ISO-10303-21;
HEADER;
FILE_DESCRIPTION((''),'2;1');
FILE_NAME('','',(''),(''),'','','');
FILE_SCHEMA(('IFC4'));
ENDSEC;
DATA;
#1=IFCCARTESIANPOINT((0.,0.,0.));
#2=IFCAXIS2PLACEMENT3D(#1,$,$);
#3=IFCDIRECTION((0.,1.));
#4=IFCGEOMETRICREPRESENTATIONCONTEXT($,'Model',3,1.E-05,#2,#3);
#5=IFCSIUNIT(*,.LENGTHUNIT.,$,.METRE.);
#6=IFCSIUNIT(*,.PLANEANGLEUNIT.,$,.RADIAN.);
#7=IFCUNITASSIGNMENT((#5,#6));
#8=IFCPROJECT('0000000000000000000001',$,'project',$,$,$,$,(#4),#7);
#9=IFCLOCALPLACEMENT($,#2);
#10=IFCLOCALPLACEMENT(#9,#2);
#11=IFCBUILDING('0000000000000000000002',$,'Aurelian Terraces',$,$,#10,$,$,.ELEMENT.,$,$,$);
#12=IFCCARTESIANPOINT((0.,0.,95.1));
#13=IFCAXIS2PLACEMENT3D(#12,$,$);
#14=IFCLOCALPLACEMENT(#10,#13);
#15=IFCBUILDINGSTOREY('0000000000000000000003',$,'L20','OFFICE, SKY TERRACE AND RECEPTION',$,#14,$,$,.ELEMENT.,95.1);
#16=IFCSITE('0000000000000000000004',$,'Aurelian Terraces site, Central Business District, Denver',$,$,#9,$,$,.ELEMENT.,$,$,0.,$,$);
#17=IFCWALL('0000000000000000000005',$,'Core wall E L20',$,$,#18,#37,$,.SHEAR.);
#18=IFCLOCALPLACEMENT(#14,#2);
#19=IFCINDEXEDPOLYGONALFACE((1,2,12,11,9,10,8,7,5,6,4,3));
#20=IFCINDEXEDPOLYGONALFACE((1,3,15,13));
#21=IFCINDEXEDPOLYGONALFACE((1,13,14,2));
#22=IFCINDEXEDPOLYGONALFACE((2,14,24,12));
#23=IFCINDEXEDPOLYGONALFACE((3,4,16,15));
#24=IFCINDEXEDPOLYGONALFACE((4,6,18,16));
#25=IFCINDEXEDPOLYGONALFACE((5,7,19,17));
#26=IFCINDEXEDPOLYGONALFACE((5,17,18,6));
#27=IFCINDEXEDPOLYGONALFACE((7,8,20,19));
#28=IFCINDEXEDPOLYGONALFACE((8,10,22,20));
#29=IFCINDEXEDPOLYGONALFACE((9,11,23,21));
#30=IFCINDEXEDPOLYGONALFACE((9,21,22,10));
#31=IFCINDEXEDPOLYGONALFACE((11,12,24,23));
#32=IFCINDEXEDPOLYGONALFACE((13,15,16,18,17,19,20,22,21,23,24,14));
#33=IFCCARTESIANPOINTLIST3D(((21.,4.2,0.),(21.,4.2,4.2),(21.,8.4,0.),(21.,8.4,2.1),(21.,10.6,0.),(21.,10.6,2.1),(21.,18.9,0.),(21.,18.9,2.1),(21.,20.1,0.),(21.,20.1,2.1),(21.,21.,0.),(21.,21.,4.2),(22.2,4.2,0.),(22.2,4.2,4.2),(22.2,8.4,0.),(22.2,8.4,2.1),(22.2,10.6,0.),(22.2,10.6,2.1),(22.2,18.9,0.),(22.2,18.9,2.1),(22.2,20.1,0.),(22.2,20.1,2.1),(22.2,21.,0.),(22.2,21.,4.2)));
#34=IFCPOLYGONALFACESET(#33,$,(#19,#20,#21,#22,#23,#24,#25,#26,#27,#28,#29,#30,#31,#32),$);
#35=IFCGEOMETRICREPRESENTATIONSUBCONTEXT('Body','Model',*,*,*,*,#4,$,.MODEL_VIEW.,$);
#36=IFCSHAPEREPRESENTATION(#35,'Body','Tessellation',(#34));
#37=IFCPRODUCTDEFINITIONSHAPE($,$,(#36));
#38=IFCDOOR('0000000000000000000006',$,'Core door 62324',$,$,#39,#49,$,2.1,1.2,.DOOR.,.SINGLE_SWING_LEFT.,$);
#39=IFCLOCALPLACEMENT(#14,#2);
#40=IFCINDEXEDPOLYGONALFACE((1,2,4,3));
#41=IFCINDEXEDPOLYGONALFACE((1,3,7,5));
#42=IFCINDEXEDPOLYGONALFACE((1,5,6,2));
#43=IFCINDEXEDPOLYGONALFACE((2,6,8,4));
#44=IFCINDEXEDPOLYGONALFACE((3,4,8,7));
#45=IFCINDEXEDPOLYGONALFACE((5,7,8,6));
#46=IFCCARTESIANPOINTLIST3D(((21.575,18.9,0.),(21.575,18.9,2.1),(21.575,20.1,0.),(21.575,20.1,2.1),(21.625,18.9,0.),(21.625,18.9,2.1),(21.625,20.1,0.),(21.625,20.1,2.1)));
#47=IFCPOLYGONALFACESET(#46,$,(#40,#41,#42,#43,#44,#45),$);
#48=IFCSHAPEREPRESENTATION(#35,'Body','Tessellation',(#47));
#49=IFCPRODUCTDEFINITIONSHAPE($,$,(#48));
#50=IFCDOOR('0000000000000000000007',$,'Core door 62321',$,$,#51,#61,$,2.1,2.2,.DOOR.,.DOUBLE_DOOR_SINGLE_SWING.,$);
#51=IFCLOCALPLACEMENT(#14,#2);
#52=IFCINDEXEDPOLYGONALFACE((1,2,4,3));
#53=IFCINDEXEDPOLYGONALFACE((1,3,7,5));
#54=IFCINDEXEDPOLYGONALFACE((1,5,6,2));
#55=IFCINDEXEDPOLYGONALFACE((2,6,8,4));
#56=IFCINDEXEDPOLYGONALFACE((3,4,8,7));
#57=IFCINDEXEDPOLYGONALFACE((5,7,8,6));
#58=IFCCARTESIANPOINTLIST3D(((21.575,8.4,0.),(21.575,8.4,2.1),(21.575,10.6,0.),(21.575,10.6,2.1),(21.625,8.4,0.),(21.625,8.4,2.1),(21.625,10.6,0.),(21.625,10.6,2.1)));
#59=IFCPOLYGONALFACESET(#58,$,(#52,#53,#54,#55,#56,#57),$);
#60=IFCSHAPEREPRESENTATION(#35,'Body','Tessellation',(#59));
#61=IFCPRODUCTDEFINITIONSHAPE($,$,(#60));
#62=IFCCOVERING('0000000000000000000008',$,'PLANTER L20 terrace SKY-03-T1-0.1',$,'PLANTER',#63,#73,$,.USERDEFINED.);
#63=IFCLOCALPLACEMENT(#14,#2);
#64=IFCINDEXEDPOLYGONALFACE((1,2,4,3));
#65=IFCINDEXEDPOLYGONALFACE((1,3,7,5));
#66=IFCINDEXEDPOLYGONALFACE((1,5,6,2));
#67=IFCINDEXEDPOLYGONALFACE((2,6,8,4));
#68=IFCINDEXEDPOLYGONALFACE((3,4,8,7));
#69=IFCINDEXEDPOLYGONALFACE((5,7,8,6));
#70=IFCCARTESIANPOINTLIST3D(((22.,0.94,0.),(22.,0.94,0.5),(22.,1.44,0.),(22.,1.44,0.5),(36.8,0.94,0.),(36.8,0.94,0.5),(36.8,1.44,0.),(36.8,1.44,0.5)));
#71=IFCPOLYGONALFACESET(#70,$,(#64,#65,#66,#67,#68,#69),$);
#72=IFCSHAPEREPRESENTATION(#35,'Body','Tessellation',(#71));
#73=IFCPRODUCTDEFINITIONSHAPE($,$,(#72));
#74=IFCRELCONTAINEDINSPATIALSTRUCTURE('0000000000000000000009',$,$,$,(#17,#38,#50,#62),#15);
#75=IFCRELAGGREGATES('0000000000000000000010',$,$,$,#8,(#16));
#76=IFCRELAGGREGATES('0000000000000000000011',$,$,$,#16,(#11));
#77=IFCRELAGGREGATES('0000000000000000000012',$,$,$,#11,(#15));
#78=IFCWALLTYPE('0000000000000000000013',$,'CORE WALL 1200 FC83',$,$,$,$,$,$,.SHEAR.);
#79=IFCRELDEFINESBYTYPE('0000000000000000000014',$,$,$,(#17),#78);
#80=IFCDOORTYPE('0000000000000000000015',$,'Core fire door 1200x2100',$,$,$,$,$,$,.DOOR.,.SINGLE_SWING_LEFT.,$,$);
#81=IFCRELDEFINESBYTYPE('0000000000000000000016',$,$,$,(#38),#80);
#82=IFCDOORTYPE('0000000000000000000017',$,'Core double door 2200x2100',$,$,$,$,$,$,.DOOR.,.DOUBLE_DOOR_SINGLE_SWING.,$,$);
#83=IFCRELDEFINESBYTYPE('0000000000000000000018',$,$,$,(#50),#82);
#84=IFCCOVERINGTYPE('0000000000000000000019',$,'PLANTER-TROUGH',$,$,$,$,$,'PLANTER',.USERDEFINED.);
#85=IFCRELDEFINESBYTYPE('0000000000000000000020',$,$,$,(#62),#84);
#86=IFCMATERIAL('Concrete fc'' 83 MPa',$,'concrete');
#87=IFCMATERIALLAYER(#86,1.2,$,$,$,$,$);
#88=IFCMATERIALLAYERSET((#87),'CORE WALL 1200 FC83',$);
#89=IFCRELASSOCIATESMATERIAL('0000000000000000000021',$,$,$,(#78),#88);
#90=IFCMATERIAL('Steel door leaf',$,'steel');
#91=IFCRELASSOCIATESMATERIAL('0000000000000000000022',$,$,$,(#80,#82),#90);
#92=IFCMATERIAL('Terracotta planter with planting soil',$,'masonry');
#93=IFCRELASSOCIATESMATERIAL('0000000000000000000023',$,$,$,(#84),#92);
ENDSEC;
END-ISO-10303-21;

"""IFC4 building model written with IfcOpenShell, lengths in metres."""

from ifc_helpers import new_model, si_unit, direction, frame, frame_2d, origin, origin_2d, place, context, subcontext, project, spatial, rectangle, extrude, source, transform, mapped, material, layer, layer_set, type_object, element, fill, save


model = new_model("IFC4")

# Units and contexts
model_context = context("Model", 3, precision=1e-05, world=origin(), true_north=direction((0.0, 1.0)))
body_context = subcontext(model_context, "Body", "Model", "MODEL_VIEW")
ifc_project = project(units=[si_unit("LENGTHUNIT", "METRE"), si_unit("PLANEANGLEUNIT", "RADIAN")], contexts=[model_context])

# Site, building, storey
site_placement = place(None, origin())
site = spatial("IfcSite", under=ifc_project, at=site_placement, Name="Aurelian Terraces site, Central Business District, Denver", CompositionType="ELEMENT", RefElevation=0.0)
building_placement = place(site_placement, origin())
building = spatial("IfcBuilding", under=site, at=building_placement, Name="Aurelian Terraces", CompositionType="ELEMENT")
storey_placement = place(building_placement, frame((0.0, 0.0, 95.1)))
storey = spatial("IfcBuildingStorey", under=building, at=storey_placement, Name="L20", Description="OFFICE, SKY TERRACE AND RECEPTION", CompositionType="ELEMENT", Elevation=95.1)

# Wall, openings, doors
ifc_material_1 = material(Name="Concrete fc' 83 MPa", Category="concrete")
ifc_layer = layer(ifc_material_1, 1.2)
ifc_layer_set = layer_set([ifc_layer], Name="CORE WALL 1200 FC83")
wall_type = type_object("IfcWallType", Name="CORE WALL 1200 FC83", PredefinedType="SHEAR", material=ifc_layer_set)
shared_shape_1 = source(origin(), body_context, "Body", "SweptSolid", [
    extrude(rectangle(XDim=16.8, YDim=1.2, at=frame_2d((8.4, 0.0))), origin(), (0.0, 0.0, 1.0), 4.2),
])
wall_placement = place(storey_placement, frame((21.6, 4.2, 0.0), z_axis=(0.0, 0.0, 1.0), x_axis=(0.0, 1.0, 0.0)))
wall = element("IfcWall", 1, at=wall_placement, inside=storey, type_object=wall_type, Name="Core wall E L20", PredefinedType="SHEAR", context=body_context, shape_type="MappedRepresentation", body=[
    mapped(shared_shape_1, transform((0.0, 0.0, 0.0), scale=1.0)),
])
shared_shape_2 = source(origin(), body_context, "Body", "SweptSolid", [
    extrude(rectangle(XDim=2.2, YDim=2.1, at=frame_2d((1.1, 1.05))), frame((0.0, 0.61, 0.0), z_axis=(0.0, -1.0, 0.0), x_axis=(1.0, 0.0, 0.0)), (0.0, 0.0, 1.0), 1.22),
])
opening_1_placement = place(wall_placement, frame((4.2, 0.0, 0.0)))
opening_1 = element("IfcOpeningElement", 2, at=opening_1_placement, cuts=wall, PredefinedType="OPENING", context=body_context, shape_type="MappedRepresentation", body=[
    mapped(shared_shape_2, transform((0.0, 0.0, 0.0), scale=1.0)),
])
shared_shape_3 = source(origin(), body_context, "Body", "SweptSolid", [
    extrude(rectangle(XDim=1.2, YDim=2.1, at=frame_2d((0.6, 1.05))), frame((0.0, 0.61, 0.0), z_axis=(0.0, -1.0, 0.0), x_axis=(1.0, 0.0, 0.0)), (0.0, 0.0, 1.0), 1.22),
])
opening_2_placement = place(wall_placement, frame((14.7, 0.0, 0.0)))
opening_2 = element("IfcOpeningElement", 3, at=opening_2_placement, cuts=wall, PredefinedType="OPENING", context=body_context, shape_type="MappedRepresentation", body=[
    mapped(shared_shape_3, transform((0.0, 0.0, 0.0), scale=1.0)),
])
ifc_material_2 = material(Name="Steel door leaf", Category="steel")
door_type_1 = type_object("IfcDoorType", Name="Core fire door 1200x2100", OperationType="SINGLE_SWING_LEFT", PredefinedType="DOOR", material=ifc_material_2)
shared_shape_4 = source(origin(), body_context, "Body", "SweptSolid", [
    extrude(rectangle(XDim=1.2, YDim=2.1, at=frame_2d((0.6, 1.05))), frame((0.0, 0.025, 0.0), z_axis=(0.0, -1.0, 0.0), x_axis=(1.0, 0.0, 0.0)), (0.0, 0.0, 1.0), 0.05),
])
door_1_placement = place(opening_2_placement, origin())
door_1 = element("IfcDoor", 4, at=door_1_placement, inside=storey, type_object=door_type_1, Name="Core door 62324", OperationType="SINGLE_SWING_LEFT", OverallHeight=2.1, OverallWidth=1.2, PredefinedType="DOOR", context=body_context, shape_type="MappedRepresentation", body=[
    mapped(shared_shape_4, transform((0.0, 0.0, 0.0), scale=1.0)),
])
fill(opening_2, door_1)
door_type_2 = type_object("IfcDoorType", Name="Core double door 2200x2100", OperationType="DOUBLE_DOOR_SINGLE_SWING", PredefinedType="DOOR", material=ifc_material_2)
shared_shape_5 = source(origin(), body_context, "Body", "SweptSolid", [
    extrude(rectangle(XDim=2.2, YDim=2.1, at=frame_2d((1.1, 1.05))), frame((0.0, 0.025, 0.0), z_axis=(0.0, -1.0, 0.0), x_axis=(1.0, 0.0, 0.0)), (0.0, 0.0, 1.0), 0.05),
])
door_2_placement = place(opening_1_placement, origin())
door_2 = element("IfcDoor", 5, at=door_2_placement, inside=storey, type_object=door_type_2, Name="Core door 62321", OperationType="DOUBLE_DOOR_SINGLE_SWING", OverallHeight=2.1, OverallWidth=2.2, PredefinedType="DOOR", context=body_context, shape_type="MappedRepresentation", body=[
    mapped(shared_shape_5, transform((0.0, 0.0, 0.0), scale=1.0)),
])
fill(opening_1, door_2)

# Covering
ifc_material_3 = material(Name="Terracotta planter with planting soil", Category="masonry")
covering_type = type_object("IfcCoveringType", Name="PLANTER-TROUGH", ElementType="PLANTER", PredefinedType="USERDEFINED", material=ifc_material_3)
shared_shape_6 = source(origin(), body_context, "Body", "SweptSolid", [
    extrude(rectangle(XDim=14.8, YDim=0.5, at=origin_2d()), origin(), (0.0, 0.0, 1.0), 0.5),
])
covering_1_placement = place(storey_placement, frame((29.4, 1.19, 0.0), z_axis=(0.0, 0.0, 1.0), x_axis=(1.0, 0.0, 0.0)))
element("IfcCovering", 6, at=covering_1_placement, inside=storey, type_object=covering_type, Name="PLANTER L20 terrace SKY-03-T1-0.1", ObjectType="PLANTER", PredefinedType="USERDEFINED", context=body_context, shape_type="MappedRepresentation", body=[
    mapped(shared_shape_6, transform((0.0, 0.0, 0.0), scale=1.0)),
])

save(model, "model.ifc")
